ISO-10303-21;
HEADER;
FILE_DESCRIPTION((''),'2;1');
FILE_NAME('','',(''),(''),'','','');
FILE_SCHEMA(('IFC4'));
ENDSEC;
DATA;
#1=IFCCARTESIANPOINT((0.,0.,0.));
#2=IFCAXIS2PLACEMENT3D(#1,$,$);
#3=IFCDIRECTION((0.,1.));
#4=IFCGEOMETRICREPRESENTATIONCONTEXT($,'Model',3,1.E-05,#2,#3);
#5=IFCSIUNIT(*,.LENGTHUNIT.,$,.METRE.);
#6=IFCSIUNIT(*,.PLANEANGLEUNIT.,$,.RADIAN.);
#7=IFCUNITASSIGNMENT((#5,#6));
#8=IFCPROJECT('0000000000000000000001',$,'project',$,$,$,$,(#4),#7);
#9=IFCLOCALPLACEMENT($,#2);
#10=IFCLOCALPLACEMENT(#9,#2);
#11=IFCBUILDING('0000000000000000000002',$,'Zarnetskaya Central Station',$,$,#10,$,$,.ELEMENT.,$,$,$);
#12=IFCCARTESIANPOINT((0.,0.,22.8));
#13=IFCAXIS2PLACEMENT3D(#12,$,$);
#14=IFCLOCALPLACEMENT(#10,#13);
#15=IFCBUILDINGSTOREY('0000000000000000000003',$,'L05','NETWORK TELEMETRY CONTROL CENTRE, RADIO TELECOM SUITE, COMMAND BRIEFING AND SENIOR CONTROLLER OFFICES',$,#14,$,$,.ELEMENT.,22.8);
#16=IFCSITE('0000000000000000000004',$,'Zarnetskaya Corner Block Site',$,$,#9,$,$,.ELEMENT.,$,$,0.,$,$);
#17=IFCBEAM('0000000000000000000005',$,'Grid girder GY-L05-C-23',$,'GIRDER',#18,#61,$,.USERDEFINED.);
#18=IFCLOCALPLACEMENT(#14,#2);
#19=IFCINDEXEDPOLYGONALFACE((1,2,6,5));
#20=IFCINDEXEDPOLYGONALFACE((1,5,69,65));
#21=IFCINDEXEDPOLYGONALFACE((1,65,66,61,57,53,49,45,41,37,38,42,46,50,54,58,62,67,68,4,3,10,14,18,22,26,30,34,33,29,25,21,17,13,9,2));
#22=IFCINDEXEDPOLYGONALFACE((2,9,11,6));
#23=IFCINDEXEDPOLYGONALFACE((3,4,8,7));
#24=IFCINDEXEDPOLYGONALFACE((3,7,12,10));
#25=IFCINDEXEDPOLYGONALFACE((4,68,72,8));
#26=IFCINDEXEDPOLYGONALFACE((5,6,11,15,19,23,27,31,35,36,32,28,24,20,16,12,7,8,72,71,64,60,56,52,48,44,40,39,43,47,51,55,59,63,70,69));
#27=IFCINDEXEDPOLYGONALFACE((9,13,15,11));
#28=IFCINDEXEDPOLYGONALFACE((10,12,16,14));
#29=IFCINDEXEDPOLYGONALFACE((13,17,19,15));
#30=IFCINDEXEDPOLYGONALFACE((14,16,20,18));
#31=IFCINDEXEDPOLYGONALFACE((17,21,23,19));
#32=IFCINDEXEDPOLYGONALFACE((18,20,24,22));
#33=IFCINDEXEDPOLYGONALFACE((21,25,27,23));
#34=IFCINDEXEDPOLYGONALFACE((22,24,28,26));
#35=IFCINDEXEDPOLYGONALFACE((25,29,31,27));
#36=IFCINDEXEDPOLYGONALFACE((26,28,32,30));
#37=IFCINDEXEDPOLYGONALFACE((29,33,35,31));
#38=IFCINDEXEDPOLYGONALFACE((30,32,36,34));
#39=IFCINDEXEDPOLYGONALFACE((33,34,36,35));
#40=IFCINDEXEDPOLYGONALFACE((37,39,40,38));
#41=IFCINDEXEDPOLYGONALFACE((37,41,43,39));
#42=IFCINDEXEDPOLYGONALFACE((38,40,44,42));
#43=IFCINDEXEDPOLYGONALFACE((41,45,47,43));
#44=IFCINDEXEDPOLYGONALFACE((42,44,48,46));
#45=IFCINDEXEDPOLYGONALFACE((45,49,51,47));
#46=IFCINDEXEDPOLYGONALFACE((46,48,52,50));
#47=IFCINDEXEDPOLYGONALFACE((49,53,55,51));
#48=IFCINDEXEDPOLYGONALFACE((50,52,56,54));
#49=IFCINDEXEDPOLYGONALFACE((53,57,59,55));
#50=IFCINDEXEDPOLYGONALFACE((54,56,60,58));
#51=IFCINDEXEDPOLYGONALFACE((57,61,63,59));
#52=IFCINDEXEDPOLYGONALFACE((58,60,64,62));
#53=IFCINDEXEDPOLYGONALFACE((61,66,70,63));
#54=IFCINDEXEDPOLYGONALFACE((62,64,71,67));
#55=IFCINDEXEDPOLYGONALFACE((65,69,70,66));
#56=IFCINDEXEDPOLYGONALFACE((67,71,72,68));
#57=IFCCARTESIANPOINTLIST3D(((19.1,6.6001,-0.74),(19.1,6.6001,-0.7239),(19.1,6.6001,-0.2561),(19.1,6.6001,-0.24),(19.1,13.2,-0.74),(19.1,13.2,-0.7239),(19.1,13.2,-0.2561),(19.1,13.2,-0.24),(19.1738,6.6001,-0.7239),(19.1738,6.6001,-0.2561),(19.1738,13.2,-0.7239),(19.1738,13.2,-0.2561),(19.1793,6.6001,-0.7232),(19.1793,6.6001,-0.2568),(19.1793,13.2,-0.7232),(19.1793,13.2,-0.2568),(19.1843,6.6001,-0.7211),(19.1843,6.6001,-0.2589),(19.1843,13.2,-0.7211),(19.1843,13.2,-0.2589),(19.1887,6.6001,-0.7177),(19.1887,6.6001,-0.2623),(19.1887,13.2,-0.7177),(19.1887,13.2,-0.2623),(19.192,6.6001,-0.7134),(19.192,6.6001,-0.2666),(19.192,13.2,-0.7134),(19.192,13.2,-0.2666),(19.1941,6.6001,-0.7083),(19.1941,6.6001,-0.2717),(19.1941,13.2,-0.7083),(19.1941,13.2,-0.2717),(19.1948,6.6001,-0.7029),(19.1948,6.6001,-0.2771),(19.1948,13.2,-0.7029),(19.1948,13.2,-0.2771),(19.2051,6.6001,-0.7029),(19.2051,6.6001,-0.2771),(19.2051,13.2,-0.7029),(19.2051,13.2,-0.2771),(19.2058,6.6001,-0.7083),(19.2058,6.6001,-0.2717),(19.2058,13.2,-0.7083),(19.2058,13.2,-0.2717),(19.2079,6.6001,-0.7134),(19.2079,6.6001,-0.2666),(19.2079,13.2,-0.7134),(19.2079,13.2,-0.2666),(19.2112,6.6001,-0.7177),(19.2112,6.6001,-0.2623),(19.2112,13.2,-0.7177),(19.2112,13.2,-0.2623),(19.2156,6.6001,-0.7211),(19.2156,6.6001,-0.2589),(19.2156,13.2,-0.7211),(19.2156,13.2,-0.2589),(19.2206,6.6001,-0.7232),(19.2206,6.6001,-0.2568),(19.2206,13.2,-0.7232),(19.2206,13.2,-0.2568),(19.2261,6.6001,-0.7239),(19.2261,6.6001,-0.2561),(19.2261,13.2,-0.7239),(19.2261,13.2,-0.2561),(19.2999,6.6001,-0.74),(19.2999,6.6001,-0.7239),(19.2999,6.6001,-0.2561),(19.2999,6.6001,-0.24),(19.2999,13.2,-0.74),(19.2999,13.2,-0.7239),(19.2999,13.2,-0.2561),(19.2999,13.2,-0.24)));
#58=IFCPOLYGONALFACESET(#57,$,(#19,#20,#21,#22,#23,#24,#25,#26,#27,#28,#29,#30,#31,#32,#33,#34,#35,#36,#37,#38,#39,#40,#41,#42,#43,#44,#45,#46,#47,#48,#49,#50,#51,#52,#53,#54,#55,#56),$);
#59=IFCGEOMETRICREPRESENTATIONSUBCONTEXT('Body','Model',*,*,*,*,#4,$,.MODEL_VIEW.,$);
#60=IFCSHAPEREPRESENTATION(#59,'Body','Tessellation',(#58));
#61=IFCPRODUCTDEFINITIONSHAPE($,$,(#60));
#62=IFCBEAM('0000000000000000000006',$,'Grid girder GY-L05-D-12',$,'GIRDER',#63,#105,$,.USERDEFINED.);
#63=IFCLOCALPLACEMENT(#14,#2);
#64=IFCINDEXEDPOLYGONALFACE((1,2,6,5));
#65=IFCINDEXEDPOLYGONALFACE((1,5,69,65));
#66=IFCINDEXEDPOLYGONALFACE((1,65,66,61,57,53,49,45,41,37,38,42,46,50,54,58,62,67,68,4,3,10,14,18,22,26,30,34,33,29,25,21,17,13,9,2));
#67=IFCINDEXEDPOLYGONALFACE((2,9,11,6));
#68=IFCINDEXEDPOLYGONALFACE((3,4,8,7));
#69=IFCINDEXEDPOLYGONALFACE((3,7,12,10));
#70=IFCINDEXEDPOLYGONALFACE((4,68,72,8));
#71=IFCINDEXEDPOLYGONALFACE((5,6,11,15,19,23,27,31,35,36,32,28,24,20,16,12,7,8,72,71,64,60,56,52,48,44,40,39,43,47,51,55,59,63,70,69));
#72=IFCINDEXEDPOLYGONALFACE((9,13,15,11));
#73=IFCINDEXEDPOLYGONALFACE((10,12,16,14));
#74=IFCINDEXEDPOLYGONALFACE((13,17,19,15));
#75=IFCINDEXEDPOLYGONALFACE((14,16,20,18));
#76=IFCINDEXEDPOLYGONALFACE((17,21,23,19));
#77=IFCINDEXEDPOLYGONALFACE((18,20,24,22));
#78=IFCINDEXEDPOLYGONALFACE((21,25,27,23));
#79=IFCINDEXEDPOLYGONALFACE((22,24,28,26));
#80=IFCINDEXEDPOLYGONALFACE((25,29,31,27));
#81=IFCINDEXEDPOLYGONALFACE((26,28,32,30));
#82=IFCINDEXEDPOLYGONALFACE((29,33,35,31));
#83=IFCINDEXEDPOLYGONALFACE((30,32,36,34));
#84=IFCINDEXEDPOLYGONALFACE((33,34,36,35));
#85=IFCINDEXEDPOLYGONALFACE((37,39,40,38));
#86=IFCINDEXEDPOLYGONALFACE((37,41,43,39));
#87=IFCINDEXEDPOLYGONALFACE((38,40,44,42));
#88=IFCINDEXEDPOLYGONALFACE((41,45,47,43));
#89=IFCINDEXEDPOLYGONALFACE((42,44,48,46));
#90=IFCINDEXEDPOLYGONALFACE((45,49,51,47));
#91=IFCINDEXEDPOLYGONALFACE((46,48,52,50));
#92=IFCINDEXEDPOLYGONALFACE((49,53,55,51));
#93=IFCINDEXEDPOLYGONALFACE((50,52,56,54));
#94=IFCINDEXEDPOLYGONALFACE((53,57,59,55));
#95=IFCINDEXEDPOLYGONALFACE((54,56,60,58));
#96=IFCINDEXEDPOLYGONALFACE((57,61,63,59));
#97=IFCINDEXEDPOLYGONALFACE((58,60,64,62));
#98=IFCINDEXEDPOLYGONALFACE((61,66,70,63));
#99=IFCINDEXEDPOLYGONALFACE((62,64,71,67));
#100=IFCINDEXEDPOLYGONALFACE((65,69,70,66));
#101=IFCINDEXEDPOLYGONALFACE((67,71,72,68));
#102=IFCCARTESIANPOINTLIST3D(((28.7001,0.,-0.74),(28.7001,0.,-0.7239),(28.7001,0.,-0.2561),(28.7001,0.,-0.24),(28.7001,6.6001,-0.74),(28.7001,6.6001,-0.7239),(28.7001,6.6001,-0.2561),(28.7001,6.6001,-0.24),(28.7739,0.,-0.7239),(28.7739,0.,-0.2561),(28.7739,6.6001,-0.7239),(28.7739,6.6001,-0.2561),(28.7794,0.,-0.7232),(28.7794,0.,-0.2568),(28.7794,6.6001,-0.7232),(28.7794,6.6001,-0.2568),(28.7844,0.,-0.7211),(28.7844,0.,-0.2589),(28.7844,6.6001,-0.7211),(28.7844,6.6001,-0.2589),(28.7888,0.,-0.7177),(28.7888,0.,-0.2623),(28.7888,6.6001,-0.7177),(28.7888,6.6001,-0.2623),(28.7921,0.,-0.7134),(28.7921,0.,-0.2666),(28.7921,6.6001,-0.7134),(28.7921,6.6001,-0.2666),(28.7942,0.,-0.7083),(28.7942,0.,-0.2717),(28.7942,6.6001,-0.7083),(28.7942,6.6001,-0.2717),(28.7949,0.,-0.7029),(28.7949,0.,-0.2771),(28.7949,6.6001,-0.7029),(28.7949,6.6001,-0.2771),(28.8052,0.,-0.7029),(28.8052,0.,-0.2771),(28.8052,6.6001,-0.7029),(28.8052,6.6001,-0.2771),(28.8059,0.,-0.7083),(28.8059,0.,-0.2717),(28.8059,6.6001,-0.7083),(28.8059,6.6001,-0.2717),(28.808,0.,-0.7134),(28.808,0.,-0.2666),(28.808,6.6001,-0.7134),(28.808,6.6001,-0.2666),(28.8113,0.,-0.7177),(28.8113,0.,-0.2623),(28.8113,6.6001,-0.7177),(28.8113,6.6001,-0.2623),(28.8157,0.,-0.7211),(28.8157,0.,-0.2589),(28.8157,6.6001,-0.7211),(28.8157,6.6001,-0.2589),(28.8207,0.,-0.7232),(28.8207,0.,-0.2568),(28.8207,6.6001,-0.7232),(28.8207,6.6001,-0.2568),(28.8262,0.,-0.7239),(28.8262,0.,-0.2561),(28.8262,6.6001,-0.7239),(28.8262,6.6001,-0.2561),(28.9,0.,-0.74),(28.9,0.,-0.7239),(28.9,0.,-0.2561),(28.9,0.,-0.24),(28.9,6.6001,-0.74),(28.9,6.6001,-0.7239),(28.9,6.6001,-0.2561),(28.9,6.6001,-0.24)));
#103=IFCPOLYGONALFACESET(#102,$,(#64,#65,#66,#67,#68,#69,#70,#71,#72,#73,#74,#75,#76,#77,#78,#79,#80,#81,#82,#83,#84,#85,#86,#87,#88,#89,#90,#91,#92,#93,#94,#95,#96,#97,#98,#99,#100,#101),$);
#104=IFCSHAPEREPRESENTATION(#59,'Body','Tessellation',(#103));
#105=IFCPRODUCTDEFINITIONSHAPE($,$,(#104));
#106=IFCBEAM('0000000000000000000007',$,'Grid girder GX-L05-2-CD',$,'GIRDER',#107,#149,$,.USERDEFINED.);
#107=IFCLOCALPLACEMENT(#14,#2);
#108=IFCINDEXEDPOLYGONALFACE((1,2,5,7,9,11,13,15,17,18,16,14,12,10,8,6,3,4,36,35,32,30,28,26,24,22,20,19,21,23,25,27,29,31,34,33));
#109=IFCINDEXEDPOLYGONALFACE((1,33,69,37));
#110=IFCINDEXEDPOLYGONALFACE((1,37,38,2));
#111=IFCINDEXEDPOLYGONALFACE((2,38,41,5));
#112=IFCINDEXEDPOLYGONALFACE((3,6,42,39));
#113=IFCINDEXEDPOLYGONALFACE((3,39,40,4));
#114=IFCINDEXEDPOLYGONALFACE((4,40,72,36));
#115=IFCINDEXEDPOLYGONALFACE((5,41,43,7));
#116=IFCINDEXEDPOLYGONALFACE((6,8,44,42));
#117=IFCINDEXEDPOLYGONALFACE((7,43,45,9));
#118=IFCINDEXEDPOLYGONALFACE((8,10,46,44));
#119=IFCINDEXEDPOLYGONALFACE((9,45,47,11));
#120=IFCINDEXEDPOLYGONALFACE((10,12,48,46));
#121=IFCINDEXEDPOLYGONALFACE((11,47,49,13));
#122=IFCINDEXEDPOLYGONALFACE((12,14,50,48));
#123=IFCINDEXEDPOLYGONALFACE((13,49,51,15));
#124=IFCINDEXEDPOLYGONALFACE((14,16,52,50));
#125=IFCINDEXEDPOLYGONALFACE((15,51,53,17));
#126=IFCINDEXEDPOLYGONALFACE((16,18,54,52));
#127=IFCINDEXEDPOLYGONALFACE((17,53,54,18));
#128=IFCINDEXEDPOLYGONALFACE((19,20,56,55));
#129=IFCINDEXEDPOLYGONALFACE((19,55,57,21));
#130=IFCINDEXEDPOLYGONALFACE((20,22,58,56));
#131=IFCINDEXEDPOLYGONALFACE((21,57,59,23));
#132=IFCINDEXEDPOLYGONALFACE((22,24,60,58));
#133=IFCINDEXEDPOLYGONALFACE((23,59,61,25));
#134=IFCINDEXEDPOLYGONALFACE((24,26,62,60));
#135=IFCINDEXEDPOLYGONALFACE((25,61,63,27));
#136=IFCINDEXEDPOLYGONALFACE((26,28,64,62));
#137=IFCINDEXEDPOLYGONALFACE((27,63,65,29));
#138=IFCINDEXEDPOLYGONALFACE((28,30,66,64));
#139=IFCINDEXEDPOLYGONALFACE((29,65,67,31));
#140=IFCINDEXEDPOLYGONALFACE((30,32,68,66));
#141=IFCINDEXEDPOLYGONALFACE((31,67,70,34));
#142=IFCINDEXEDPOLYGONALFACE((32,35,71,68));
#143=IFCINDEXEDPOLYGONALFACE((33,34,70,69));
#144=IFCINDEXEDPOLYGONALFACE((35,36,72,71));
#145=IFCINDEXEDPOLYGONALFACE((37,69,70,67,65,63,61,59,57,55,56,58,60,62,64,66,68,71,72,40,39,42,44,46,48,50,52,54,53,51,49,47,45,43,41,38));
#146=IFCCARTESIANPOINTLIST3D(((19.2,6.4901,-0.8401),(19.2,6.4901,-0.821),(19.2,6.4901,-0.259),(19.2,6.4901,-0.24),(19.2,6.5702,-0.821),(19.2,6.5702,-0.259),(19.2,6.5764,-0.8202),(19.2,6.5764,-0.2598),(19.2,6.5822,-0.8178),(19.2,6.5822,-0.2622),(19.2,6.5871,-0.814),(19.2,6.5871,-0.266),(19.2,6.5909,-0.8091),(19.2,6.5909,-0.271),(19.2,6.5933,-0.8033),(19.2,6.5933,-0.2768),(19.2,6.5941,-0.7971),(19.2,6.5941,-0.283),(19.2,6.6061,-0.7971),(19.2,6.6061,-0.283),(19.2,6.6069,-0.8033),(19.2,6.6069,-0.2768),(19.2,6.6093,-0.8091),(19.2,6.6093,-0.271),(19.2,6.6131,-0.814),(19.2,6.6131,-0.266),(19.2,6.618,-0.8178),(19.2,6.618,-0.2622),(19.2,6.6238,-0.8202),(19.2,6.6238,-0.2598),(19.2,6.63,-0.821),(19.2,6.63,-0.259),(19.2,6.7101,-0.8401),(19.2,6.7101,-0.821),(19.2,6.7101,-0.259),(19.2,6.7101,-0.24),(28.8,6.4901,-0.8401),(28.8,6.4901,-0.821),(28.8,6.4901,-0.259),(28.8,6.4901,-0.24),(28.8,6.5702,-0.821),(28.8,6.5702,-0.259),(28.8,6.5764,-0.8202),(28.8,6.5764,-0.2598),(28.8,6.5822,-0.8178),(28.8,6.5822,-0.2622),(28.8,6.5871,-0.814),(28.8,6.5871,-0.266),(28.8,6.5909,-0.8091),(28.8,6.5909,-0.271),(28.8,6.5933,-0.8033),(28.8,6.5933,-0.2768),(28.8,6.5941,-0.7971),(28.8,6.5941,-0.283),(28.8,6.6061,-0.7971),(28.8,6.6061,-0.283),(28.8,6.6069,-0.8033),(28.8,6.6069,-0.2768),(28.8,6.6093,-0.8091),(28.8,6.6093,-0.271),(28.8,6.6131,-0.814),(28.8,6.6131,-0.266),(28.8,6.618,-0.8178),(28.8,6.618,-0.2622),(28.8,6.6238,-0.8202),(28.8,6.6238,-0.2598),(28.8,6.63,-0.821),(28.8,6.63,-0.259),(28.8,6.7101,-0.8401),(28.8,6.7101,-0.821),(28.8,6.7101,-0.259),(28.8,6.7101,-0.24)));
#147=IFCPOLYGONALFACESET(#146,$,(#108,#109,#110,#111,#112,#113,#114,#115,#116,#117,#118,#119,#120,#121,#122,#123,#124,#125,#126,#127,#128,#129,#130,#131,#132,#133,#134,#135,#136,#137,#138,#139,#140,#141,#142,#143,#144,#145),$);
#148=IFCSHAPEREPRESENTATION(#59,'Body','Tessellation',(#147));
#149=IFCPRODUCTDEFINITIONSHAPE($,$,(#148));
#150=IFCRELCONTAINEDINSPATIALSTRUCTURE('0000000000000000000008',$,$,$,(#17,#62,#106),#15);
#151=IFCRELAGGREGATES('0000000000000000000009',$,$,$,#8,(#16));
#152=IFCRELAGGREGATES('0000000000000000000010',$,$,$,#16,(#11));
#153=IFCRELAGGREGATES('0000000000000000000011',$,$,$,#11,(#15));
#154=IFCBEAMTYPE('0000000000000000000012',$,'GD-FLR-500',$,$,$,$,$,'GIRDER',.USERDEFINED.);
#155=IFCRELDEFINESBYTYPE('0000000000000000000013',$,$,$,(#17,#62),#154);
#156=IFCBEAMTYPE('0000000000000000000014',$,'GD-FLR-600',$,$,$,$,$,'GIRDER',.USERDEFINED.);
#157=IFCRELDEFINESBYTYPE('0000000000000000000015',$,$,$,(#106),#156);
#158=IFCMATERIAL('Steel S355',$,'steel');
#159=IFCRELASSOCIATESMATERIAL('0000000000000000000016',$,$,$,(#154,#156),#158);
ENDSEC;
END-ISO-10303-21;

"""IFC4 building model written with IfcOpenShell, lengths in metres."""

from ifc_helpers import new_model, si_unit, direction, frame, origin, origin_2d, place, context, subcontext, project, spatial, i_section, extrude, material, material_profile, profile_set, type_object, element, save


model = new_model("IFC4")

# Units and contexts
model_context = context("Model", 3, precision=1e-05, world=origin(), true_north=direction((0.0, 1.0)))
body_context = subcontext(model_context, "Body", "Model", "MODEL_VIEW")
ifc_project = project(units=[si_unit("LENGTHUNIT", "METRE"), si_unit("PLANEANGLEUNIT", "RADIAN")], contexts=[model_context])

# Site, building, storey
site_placement = place(None, origin())
site = spatial("IfcSite", under=ifc_project, at=site_placement, Name="Zarnetskaya Corner Block Site", CompositionType="ELEMENT", RefElevation=0.0)
building_placement = place(site_placement, origin())
building = spatial("IfcBuilding", under=site, at=building_placement, Name="Zarnetskaya Central Station", CompositionType="ELEMENT")
storey_placement = place(building_placement, frame((0.0, 0.0, 22.8)))
storey = spatial("IfcBuildingStorey", under=building, at=storey_placement, Name="L05", Description="NETWORK TELEMETRY CONTROL CENTRE, RADIO TELECOM SUITE, COMMAND BRIEFING AND SENIOR CONTROLLER OFFICES", CompositionType="ELEMENT", Elevation=22.8)

# Shared definitions
ifc_material_1 = material(Name="Steel S355", Category="steel")

# Beams
ifc_material_profile_1 = material_profile(ifc_material_1, i_section(OverallWidth=0.2, OverallDepth=0.5, WebThickness=0.0103, FlangeThickness=0.0161, FilletRadius=0.021, at=origin_2d()), Name="IPE 500")
ifc_profile_set_1 = profile_set([ifc_material_profile_1], Name="Steel S355")
beam_type_1 = type_object("IfcBeamType", Name="GD-FLR-500", ElementType="GIRDER", PredefinedType="USERDEFINED", material=ifc_profile_set_1)
beam_1_placement = place(storey_placement, frame((19.2, 6.6001, -0.49), z_axis=(0.0, 1.0, 0.0), x_axis=(-1.0, 0.0, 0.0)))
element("IfcBeam", 1, at=beam_1_placement, inside=storey, type_object=beam_type_1, Name="Grid girder GY-L05-C-23", ObjectType="GIRDER", PredefinedType="USERDEFINED", context=body_context, shape_type="SweptSolid", body=[
    extrude(i_section(OverallWidth=0.2, OverallDepth=0.5, WebThickness=0.0103, FlangeThickness=0.0161, FilletRadius=0.021, at=origin_2d()), origin(), (0.0, 0.0, 1.0), 6.5999),
])
beam_2_placement = place(storey_placement, frame((28.8, 0.0, -0.49), z_axis=(0.0, 1.0, 0.0), x_axis=(-1.0, 0.0, 0.0)))
element("IfcBeam", 2, at=beam_2_placement, inside=storey, type_object=beam_type_1, Name="Grid girder GY-L05-D-12", ObjectType="GIRDER", PredefinedType="USERDEFINED", context=body_context, shape_type="SweptSolid", body=[
    extrude(i_section(OverallWidth=0.2, OverallDepth=0.5, WebThickness=0.0103, FlangeThickness=0.0161, FilletRadius=0.021, at=origin_2d()), origin(), (0.0, 0.0, 1.0), 6.6001),
])
ifc_material_profile_2 = material_profile(ifc_material_1, i_section(OverallWidth=0.22, OverallDepth=0.6001, WebThickness=0.012, FlangeThickness=0.019, FilletRadius=0.0239, at=origin_2d()), Name="IPE 600")
ifc_profile_set_2 = profile_set([ifc_material_profile_2], Name="Steel S355")
beam_type_2 = type_object("IfcBeamType", Name="GD-FLR-600", ElementType="GIRDER", PredefinedType="USERDEFINED", material=ifc_profile_set_2)
beam_3_placement = place(storey_placement, frame((19.2, 6.6001, -0.54), z_axis=(1.0, 0.0, 0.0), x_axis=(0.0, 1.0, 0.0)))
element("IfcBeam", 3, at=beam_3_placement, inside=storey, type_object=beam_type_2, Name="Grid girder GX-L05-2-CD", ObjectType="GIRDER", PredefinedType="USERDEFINED", context=body_context, shape_type="SweptSolid", body=[
    extrude(i_section(OverallWidth=0.22, OverallDepth=0.6001, WebThickness=0.012, FlangeThickness=0.019, FilletRadius=0.0239, at=origin_2d()), origin(), (0.0, 0.0, 1.0), 9.6001),
])

save(model, "model.ifc")
